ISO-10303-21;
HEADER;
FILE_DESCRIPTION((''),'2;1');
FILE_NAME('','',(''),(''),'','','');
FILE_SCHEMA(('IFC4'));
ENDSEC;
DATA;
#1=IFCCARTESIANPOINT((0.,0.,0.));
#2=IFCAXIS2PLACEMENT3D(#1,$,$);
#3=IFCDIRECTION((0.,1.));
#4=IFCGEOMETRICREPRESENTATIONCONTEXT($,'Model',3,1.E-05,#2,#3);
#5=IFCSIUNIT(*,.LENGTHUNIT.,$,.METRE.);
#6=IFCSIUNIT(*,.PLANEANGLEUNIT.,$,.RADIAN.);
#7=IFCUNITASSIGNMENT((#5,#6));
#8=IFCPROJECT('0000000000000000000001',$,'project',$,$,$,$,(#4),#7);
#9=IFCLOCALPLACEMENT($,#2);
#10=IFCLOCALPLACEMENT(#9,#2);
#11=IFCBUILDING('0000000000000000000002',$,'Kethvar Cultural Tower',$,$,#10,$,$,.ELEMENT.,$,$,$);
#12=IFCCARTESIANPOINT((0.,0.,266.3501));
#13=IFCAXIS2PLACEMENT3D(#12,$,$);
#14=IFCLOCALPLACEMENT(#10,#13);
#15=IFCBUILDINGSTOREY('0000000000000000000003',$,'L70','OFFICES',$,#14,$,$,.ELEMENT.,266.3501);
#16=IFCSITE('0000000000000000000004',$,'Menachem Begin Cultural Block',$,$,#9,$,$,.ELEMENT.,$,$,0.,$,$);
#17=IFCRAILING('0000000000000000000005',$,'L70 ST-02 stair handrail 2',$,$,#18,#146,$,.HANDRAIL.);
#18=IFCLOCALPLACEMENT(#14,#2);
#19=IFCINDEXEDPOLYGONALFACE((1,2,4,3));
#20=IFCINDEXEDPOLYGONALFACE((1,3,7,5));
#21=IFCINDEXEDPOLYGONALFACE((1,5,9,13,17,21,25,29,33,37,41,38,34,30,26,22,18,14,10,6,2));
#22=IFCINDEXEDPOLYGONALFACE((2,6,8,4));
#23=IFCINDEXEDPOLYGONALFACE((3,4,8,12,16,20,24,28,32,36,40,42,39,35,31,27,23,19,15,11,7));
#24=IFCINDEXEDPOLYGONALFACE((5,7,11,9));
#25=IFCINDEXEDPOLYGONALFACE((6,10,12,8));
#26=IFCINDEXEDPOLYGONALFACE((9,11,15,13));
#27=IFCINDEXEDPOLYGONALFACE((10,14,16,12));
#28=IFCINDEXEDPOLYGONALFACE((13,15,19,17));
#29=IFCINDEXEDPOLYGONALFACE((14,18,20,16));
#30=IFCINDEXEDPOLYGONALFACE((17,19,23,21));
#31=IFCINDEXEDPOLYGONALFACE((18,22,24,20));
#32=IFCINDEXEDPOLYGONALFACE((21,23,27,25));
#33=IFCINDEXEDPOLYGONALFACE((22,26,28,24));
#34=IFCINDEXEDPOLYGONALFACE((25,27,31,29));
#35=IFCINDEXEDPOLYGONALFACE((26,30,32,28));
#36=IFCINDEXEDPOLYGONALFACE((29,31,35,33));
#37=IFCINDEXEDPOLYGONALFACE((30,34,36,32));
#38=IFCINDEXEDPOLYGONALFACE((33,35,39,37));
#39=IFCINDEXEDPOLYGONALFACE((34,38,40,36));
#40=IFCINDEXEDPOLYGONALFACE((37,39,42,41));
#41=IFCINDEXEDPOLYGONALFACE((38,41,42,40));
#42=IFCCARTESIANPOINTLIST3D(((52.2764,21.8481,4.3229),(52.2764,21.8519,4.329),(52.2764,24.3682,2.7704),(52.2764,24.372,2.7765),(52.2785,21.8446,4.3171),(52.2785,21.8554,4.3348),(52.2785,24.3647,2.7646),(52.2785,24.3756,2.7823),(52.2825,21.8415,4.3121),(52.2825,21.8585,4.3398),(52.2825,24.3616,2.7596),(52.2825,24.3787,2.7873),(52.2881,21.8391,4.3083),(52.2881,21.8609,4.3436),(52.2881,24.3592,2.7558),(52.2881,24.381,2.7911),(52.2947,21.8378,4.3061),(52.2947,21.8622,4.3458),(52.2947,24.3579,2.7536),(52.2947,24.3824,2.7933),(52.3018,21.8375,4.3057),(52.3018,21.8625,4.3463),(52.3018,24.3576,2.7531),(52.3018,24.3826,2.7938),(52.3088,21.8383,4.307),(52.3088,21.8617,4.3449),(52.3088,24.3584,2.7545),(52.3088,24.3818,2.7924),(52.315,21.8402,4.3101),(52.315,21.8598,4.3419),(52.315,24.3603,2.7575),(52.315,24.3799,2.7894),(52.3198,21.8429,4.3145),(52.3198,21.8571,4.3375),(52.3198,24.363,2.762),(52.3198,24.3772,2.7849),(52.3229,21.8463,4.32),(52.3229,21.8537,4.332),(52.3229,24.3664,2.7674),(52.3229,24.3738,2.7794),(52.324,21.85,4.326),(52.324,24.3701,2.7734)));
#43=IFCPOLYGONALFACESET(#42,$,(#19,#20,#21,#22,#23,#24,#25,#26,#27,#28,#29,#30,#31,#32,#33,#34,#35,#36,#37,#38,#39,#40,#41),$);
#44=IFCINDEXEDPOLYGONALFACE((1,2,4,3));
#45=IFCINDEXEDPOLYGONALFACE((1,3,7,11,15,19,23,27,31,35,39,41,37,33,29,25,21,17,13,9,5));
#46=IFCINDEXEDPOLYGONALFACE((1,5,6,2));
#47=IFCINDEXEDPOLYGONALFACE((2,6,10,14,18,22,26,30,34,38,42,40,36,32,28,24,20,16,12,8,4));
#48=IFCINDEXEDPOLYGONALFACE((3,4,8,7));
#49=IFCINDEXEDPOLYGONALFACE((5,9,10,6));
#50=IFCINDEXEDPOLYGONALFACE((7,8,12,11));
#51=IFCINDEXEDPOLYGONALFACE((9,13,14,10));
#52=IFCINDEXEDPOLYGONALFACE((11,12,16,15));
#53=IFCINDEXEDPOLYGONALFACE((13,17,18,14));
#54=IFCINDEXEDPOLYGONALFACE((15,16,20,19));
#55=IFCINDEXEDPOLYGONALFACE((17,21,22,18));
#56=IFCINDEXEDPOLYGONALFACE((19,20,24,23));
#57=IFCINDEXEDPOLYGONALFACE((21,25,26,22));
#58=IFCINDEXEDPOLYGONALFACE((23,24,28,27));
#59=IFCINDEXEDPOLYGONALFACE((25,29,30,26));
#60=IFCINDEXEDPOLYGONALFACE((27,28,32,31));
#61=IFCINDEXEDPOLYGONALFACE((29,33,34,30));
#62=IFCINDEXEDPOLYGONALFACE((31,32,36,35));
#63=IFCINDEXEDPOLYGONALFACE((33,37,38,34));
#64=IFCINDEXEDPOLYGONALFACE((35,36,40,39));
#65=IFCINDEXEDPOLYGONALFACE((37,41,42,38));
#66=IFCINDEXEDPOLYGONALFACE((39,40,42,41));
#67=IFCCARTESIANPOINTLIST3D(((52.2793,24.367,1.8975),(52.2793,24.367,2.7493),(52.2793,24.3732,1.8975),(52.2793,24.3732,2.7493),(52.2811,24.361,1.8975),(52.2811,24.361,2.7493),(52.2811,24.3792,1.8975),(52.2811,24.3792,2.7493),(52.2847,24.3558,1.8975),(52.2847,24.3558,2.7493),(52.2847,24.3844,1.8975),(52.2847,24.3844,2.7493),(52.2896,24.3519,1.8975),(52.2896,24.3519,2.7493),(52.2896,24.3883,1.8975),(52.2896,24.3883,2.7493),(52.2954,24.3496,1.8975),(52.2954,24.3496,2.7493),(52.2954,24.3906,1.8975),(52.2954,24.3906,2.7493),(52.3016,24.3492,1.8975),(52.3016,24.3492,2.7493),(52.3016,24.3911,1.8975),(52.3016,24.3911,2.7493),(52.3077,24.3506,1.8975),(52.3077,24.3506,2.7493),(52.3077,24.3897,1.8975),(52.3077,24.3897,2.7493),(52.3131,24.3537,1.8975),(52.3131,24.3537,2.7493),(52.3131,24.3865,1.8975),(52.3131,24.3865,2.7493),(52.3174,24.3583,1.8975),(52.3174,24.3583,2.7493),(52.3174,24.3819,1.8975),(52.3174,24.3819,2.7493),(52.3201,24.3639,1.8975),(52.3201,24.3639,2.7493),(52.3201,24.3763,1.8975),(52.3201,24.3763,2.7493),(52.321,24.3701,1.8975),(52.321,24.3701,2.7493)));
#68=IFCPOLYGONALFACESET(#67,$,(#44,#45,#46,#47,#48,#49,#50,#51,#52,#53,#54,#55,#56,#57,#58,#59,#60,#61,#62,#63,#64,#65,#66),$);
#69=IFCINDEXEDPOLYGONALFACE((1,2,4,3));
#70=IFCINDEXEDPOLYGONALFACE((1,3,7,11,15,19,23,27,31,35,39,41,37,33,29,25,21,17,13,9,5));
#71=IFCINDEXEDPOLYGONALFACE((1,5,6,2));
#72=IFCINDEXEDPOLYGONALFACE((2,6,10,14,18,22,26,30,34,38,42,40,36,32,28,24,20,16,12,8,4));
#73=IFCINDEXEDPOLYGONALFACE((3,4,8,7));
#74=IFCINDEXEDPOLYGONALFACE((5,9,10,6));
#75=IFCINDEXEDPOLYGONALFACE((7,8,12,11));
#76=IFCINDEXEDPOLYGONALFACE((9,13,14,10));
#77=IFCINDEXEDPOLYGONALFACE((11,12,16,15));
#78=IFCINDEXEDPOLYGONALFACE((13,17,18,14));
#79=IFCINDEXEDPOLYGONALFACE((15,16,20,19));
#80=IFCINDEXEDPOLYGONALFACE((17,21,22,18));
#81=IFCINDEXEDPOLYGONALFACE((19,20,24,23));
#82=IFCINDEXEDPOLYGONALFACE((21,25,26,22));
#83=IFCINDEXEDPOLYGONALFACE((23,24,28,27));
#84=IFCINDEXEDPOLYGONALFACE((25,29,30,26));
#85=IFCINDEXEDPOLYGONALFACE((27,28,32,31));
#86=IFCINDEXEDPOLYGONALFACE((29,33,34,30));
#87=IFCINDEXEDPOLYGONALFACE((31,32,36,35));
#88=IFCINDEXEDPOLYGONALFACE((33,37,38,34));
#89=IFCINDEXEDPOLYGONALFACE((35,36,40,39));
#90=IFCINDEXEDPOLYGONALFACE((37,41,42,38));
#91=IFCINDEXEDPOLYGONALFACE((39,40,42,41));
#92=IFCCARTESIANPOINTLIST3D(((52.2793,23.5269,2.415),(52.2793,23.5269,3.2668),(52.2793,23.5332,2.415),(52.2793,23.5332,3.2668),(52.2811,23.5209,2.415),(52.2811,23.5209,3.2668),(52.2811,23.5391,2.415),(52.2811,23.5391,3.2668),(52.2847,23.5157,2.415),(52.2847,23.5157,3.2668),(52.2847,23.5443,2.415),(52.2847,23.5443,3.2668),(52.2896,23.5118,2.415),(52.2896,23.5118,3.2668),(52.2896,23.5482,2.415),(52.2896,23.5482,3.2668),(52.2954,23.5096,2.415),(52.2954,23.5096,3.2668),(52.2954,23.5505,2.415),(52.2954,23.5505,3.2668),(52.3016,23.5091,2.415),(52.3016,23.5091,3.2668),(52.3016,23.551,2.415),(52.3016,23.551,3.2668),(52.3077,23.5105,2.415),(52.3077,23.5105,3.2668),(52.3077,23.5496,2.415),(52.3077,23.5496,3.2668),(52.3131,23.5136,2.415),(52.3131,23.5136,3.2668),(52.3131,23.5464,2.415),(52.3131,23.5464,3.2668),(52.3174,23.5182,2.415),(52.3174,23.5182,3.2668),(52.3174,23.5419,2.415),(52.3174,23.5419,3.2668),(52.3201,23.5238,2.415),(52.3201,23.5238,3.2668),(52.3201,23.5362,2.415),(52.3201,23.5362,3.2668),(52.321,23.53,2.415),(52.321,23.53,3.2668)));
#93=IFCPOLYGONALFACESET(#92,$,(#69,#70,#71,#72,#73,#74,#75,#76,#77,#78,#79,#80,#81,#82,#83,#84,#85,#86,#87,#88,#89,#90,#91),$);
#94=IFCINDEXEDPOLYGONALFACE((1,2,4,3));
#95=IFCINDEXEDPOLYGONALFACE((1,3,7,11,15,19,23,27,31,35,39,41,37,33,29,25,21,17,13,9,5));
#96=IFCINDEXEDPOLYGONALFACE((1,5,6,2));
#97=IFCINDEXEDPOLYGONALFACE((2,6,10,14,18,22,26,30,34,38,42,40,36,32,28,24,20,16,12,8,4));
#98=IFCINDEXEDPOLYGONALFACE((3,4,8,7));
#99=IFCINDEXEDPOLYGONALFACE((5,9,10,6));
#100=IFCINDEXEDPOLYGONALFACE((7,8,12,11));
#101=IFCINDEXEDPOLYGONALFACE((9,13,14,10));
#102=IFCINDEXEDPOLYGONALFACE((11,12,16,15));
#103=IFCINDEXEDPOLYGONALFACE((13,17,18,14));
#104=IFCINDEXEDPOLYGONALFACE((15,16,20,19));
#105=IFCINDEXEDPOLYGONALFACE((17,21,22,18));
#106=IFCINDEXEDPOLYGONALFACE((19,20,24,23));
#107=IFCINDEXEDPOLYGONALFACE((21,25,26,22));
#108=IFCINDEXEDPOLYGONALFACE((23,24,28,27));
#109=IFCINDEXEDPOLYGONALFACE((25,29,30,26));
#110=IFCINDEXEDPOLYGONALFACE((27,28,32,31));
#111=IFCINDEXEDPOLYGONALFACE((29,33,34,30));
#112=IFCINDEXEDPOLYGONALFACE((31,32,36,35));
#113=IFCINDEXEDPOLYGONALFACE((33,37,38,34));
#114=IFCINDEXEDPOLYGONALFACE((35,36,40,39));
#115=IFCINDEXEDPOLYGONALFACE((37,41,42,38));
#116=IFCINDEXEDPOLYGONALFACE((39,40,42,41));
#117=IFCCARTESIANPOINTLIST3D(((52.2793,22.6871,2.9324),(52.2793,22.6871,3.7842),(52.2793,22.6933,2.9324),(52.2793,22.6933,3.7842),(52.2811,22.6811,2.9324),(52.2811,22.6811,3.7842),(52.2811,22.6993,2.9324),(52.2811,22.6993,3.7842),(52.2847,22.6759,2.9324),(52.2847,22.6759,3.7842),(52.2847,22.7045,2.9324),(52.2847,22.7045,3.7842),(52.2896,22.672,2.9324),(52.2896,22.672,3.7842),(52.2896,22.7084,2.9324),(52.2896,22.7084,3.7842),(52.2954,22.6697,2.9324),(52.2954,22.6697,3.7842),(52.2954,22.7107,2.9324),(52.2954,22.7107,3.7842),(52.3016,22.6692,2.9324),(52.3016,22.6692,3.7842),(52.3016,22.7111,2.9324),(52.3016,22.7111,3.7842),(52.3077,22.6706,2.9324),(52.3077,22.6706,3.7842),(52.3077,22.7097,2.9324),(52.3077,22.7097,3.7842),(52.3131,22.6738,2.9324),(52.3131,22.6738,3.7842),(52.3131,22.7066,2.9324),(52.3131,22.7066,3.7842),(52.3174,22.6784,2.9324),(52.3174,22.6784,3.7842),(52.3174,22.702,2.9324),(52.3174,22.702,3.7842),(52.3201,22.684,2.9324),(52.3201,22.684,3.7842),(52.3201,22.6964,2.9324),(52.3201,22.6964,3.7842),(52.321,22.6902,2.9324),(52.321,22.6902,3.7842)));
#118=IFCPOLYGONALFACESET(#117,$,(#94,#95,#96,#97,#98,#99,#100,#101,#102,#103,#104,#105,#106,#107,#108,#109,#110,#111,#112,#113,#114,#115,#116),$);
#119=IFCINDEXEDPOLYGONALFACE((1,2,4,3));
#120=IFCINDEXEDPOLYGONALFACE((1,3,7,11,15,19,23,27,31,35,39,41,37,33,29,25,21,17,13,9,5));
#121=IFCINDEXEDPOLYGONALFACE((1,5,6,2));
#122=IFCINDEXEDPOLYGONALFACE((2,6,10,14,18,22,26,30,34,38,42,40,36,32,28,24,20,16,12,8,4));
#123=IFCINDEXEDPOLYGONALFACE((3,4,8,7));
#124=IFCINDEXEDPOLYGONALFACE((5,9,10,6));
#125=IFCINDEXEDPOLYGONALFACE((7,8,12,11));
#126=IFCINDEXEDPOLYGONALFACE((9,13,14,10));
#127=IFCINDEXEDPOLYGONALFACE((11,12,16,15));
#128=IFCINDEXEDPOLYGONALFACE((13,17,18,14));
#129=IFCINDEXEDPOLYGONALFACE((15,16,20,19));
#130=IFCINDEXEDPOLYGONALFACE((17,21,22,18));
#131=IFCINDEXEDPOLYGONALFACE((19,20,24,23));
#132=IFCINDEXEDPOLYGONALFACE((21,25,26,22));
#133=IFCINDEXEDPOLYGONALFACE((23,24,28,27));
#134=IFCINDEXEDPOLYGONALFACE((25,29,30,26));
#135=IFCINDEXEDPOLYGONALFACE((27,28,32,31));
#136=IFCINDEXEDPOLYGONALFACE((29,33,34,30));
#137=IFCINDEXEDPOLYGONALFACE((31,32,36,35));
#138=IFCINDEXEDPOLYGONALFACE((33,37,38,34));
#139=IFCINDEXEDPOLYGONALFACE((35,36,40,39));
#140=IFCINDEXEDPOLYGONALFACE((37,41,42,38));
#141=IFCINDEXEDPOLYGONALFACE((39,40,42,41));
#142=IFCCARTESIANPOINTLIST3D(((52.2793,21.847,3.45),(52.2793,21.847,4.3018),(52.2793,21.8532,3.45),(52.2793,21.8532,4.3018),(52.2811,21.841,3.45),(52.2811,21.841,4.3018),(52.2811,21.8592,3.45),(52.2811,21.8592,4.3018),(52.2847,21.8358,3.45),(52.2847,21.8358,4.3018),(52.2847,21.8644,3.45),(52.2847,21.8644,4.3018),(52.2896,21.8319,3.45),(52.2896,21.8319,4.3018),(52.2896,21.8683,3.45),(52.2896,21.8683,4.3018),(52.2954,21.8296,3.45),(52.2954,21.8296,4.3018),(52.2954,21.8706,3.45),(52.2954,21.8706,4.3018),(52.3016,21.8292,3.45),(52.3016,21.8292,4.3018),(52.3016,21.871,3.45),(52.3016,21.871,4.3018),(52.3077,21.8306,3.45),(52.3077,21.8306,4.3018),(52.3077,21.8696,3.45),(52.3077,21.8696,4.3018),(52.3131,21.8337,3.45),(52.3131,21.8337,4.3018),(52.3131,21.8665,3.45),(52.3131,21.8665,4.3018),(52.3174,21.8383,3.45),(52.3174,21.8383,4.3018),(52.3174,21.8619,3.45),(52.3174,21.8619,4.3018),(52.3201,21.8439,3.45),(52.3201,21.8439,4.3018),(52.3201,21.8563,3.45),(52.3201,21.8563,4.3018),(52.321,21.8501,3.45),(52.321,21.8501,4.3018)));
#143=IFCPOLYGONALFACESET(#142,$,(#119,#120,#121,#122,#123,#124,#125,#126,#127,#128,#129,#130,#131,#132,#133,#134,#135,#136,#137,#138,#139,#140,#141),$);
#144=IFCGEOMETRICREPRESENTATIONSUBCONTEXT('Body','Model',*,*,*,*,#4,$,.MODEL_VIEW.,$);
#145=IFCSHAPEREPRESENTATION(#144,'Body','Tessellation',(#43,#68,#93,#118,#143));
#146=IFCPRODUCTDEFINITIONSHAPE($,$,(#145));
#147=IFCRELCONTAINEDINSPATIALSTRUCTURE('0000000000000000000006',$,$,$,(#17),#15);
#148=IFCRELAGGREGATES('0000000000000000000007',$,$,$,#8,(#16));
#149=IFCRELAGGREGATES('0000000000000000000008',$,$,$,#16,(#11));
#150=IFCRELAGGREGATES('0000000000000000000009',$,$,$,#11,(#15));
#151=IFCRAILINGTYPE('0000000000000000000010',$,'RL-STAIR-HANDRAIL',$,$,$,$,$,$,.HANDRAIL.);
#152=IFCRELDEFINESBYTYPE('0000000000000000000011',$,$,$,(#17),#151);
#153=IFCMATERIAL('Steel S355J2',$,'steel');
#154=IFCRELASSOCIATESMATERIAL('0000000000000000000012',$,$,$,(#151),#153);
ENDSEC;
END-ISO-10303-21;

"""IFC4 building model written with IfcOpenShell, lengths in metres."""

from ifc_helpers import new_model, si_unit, direction, frame, origin, origin_2d, place, context, subcontext, project, spatial, circle, extrude, material, type_object, element, save


model = new_model("IFC4")

# Units and contexts
model_context = context("Model", 3, precision=1e-05, world=origin(), true_north=direction((0.0, 1.0)))
body_context = subcontext(model_context, "Body", "Model", "MODEL_VIEW")
ifc_project = project(units=[si_unit("LENGTHUNIT", "METRE"), si_unit("PLANEANGLEUNIT", "RADIAN")], contexts=[model_context])

# Site, building, storey
site_placement = place(None, origin())
site = spatial("IfcSite", under=ifc_project, at=site_placement, Name="Menachem Begin Cultural Block", CompositionType="ELEMENT", RefElevation=0.0)
building_placement = place(site_placement, origin())
building = spatial("IfcBuilding", under=site, at=building_placement, Name="Kethvar Cultural Tower", CompositionType="ELEMENT")
storey_placement = place(building_placement, frame((0.0, 0.0, 266.3501)))
storey = spatial("IfcBuildingStorey", under=building, at=storey_placement, Name="L70", Description="OFFICES", CompositionType="ELEMENT", Elevation=266.3501)

# Shared definitions
ifc_material_1 = material(Name="Steel S355J2", Category="steel")

# Railing
railing_type_1 = type_object("IfcRailingType", Name="RL-STAIR-HANDRAIL", PredefinedType="HANDRAIL", material=ifc_material_1)
railing_1_placement = place(storey_placement, frame((52.3, 24.3701, 1.8975)))
element("IfcRailing", 1, at=railing_1_placement, inside=storey, type_object=railing_type_1, Name="L70 ST-02 stair handrail 2", PredefinedType="HANDRAIL", context=body_context, shape_type="SweptSolid", body=[
    extrude(circle(Radius=0.0239, at=origin_2d()), frame((0.0, 0.0, 0.876), z_axis=(0.0, -0.8514, 0.524516), x_axis=(1.0, 0.0, 0.0)), (0.0, 0.0, 1.0), 2.96),
    extrude(circle(Radius=0.021, at=origin_2d()), origin(), (0.0, 0.0, 1.0), 0.8518),
    extrude(circle(Radius=0.021, at=origin_2d()), frame((0.0, -0.8401, 0.5176)), (0.0, 0.0, 1.0), 0.8518),
    extrude(circle(Radius=0.021, at=origin_2d()), frame((0.0, -1.6799, 1.0349)), (0.0, 0.0, 1.0), 0.8518),
    extrude(circle(Radius=0.021, at=origin_2d()), frame((0.0, -2.52, 1.5525)), (0.0, 0.0, 1.0), 0.8518),
])

save(model, "model.ifc")
